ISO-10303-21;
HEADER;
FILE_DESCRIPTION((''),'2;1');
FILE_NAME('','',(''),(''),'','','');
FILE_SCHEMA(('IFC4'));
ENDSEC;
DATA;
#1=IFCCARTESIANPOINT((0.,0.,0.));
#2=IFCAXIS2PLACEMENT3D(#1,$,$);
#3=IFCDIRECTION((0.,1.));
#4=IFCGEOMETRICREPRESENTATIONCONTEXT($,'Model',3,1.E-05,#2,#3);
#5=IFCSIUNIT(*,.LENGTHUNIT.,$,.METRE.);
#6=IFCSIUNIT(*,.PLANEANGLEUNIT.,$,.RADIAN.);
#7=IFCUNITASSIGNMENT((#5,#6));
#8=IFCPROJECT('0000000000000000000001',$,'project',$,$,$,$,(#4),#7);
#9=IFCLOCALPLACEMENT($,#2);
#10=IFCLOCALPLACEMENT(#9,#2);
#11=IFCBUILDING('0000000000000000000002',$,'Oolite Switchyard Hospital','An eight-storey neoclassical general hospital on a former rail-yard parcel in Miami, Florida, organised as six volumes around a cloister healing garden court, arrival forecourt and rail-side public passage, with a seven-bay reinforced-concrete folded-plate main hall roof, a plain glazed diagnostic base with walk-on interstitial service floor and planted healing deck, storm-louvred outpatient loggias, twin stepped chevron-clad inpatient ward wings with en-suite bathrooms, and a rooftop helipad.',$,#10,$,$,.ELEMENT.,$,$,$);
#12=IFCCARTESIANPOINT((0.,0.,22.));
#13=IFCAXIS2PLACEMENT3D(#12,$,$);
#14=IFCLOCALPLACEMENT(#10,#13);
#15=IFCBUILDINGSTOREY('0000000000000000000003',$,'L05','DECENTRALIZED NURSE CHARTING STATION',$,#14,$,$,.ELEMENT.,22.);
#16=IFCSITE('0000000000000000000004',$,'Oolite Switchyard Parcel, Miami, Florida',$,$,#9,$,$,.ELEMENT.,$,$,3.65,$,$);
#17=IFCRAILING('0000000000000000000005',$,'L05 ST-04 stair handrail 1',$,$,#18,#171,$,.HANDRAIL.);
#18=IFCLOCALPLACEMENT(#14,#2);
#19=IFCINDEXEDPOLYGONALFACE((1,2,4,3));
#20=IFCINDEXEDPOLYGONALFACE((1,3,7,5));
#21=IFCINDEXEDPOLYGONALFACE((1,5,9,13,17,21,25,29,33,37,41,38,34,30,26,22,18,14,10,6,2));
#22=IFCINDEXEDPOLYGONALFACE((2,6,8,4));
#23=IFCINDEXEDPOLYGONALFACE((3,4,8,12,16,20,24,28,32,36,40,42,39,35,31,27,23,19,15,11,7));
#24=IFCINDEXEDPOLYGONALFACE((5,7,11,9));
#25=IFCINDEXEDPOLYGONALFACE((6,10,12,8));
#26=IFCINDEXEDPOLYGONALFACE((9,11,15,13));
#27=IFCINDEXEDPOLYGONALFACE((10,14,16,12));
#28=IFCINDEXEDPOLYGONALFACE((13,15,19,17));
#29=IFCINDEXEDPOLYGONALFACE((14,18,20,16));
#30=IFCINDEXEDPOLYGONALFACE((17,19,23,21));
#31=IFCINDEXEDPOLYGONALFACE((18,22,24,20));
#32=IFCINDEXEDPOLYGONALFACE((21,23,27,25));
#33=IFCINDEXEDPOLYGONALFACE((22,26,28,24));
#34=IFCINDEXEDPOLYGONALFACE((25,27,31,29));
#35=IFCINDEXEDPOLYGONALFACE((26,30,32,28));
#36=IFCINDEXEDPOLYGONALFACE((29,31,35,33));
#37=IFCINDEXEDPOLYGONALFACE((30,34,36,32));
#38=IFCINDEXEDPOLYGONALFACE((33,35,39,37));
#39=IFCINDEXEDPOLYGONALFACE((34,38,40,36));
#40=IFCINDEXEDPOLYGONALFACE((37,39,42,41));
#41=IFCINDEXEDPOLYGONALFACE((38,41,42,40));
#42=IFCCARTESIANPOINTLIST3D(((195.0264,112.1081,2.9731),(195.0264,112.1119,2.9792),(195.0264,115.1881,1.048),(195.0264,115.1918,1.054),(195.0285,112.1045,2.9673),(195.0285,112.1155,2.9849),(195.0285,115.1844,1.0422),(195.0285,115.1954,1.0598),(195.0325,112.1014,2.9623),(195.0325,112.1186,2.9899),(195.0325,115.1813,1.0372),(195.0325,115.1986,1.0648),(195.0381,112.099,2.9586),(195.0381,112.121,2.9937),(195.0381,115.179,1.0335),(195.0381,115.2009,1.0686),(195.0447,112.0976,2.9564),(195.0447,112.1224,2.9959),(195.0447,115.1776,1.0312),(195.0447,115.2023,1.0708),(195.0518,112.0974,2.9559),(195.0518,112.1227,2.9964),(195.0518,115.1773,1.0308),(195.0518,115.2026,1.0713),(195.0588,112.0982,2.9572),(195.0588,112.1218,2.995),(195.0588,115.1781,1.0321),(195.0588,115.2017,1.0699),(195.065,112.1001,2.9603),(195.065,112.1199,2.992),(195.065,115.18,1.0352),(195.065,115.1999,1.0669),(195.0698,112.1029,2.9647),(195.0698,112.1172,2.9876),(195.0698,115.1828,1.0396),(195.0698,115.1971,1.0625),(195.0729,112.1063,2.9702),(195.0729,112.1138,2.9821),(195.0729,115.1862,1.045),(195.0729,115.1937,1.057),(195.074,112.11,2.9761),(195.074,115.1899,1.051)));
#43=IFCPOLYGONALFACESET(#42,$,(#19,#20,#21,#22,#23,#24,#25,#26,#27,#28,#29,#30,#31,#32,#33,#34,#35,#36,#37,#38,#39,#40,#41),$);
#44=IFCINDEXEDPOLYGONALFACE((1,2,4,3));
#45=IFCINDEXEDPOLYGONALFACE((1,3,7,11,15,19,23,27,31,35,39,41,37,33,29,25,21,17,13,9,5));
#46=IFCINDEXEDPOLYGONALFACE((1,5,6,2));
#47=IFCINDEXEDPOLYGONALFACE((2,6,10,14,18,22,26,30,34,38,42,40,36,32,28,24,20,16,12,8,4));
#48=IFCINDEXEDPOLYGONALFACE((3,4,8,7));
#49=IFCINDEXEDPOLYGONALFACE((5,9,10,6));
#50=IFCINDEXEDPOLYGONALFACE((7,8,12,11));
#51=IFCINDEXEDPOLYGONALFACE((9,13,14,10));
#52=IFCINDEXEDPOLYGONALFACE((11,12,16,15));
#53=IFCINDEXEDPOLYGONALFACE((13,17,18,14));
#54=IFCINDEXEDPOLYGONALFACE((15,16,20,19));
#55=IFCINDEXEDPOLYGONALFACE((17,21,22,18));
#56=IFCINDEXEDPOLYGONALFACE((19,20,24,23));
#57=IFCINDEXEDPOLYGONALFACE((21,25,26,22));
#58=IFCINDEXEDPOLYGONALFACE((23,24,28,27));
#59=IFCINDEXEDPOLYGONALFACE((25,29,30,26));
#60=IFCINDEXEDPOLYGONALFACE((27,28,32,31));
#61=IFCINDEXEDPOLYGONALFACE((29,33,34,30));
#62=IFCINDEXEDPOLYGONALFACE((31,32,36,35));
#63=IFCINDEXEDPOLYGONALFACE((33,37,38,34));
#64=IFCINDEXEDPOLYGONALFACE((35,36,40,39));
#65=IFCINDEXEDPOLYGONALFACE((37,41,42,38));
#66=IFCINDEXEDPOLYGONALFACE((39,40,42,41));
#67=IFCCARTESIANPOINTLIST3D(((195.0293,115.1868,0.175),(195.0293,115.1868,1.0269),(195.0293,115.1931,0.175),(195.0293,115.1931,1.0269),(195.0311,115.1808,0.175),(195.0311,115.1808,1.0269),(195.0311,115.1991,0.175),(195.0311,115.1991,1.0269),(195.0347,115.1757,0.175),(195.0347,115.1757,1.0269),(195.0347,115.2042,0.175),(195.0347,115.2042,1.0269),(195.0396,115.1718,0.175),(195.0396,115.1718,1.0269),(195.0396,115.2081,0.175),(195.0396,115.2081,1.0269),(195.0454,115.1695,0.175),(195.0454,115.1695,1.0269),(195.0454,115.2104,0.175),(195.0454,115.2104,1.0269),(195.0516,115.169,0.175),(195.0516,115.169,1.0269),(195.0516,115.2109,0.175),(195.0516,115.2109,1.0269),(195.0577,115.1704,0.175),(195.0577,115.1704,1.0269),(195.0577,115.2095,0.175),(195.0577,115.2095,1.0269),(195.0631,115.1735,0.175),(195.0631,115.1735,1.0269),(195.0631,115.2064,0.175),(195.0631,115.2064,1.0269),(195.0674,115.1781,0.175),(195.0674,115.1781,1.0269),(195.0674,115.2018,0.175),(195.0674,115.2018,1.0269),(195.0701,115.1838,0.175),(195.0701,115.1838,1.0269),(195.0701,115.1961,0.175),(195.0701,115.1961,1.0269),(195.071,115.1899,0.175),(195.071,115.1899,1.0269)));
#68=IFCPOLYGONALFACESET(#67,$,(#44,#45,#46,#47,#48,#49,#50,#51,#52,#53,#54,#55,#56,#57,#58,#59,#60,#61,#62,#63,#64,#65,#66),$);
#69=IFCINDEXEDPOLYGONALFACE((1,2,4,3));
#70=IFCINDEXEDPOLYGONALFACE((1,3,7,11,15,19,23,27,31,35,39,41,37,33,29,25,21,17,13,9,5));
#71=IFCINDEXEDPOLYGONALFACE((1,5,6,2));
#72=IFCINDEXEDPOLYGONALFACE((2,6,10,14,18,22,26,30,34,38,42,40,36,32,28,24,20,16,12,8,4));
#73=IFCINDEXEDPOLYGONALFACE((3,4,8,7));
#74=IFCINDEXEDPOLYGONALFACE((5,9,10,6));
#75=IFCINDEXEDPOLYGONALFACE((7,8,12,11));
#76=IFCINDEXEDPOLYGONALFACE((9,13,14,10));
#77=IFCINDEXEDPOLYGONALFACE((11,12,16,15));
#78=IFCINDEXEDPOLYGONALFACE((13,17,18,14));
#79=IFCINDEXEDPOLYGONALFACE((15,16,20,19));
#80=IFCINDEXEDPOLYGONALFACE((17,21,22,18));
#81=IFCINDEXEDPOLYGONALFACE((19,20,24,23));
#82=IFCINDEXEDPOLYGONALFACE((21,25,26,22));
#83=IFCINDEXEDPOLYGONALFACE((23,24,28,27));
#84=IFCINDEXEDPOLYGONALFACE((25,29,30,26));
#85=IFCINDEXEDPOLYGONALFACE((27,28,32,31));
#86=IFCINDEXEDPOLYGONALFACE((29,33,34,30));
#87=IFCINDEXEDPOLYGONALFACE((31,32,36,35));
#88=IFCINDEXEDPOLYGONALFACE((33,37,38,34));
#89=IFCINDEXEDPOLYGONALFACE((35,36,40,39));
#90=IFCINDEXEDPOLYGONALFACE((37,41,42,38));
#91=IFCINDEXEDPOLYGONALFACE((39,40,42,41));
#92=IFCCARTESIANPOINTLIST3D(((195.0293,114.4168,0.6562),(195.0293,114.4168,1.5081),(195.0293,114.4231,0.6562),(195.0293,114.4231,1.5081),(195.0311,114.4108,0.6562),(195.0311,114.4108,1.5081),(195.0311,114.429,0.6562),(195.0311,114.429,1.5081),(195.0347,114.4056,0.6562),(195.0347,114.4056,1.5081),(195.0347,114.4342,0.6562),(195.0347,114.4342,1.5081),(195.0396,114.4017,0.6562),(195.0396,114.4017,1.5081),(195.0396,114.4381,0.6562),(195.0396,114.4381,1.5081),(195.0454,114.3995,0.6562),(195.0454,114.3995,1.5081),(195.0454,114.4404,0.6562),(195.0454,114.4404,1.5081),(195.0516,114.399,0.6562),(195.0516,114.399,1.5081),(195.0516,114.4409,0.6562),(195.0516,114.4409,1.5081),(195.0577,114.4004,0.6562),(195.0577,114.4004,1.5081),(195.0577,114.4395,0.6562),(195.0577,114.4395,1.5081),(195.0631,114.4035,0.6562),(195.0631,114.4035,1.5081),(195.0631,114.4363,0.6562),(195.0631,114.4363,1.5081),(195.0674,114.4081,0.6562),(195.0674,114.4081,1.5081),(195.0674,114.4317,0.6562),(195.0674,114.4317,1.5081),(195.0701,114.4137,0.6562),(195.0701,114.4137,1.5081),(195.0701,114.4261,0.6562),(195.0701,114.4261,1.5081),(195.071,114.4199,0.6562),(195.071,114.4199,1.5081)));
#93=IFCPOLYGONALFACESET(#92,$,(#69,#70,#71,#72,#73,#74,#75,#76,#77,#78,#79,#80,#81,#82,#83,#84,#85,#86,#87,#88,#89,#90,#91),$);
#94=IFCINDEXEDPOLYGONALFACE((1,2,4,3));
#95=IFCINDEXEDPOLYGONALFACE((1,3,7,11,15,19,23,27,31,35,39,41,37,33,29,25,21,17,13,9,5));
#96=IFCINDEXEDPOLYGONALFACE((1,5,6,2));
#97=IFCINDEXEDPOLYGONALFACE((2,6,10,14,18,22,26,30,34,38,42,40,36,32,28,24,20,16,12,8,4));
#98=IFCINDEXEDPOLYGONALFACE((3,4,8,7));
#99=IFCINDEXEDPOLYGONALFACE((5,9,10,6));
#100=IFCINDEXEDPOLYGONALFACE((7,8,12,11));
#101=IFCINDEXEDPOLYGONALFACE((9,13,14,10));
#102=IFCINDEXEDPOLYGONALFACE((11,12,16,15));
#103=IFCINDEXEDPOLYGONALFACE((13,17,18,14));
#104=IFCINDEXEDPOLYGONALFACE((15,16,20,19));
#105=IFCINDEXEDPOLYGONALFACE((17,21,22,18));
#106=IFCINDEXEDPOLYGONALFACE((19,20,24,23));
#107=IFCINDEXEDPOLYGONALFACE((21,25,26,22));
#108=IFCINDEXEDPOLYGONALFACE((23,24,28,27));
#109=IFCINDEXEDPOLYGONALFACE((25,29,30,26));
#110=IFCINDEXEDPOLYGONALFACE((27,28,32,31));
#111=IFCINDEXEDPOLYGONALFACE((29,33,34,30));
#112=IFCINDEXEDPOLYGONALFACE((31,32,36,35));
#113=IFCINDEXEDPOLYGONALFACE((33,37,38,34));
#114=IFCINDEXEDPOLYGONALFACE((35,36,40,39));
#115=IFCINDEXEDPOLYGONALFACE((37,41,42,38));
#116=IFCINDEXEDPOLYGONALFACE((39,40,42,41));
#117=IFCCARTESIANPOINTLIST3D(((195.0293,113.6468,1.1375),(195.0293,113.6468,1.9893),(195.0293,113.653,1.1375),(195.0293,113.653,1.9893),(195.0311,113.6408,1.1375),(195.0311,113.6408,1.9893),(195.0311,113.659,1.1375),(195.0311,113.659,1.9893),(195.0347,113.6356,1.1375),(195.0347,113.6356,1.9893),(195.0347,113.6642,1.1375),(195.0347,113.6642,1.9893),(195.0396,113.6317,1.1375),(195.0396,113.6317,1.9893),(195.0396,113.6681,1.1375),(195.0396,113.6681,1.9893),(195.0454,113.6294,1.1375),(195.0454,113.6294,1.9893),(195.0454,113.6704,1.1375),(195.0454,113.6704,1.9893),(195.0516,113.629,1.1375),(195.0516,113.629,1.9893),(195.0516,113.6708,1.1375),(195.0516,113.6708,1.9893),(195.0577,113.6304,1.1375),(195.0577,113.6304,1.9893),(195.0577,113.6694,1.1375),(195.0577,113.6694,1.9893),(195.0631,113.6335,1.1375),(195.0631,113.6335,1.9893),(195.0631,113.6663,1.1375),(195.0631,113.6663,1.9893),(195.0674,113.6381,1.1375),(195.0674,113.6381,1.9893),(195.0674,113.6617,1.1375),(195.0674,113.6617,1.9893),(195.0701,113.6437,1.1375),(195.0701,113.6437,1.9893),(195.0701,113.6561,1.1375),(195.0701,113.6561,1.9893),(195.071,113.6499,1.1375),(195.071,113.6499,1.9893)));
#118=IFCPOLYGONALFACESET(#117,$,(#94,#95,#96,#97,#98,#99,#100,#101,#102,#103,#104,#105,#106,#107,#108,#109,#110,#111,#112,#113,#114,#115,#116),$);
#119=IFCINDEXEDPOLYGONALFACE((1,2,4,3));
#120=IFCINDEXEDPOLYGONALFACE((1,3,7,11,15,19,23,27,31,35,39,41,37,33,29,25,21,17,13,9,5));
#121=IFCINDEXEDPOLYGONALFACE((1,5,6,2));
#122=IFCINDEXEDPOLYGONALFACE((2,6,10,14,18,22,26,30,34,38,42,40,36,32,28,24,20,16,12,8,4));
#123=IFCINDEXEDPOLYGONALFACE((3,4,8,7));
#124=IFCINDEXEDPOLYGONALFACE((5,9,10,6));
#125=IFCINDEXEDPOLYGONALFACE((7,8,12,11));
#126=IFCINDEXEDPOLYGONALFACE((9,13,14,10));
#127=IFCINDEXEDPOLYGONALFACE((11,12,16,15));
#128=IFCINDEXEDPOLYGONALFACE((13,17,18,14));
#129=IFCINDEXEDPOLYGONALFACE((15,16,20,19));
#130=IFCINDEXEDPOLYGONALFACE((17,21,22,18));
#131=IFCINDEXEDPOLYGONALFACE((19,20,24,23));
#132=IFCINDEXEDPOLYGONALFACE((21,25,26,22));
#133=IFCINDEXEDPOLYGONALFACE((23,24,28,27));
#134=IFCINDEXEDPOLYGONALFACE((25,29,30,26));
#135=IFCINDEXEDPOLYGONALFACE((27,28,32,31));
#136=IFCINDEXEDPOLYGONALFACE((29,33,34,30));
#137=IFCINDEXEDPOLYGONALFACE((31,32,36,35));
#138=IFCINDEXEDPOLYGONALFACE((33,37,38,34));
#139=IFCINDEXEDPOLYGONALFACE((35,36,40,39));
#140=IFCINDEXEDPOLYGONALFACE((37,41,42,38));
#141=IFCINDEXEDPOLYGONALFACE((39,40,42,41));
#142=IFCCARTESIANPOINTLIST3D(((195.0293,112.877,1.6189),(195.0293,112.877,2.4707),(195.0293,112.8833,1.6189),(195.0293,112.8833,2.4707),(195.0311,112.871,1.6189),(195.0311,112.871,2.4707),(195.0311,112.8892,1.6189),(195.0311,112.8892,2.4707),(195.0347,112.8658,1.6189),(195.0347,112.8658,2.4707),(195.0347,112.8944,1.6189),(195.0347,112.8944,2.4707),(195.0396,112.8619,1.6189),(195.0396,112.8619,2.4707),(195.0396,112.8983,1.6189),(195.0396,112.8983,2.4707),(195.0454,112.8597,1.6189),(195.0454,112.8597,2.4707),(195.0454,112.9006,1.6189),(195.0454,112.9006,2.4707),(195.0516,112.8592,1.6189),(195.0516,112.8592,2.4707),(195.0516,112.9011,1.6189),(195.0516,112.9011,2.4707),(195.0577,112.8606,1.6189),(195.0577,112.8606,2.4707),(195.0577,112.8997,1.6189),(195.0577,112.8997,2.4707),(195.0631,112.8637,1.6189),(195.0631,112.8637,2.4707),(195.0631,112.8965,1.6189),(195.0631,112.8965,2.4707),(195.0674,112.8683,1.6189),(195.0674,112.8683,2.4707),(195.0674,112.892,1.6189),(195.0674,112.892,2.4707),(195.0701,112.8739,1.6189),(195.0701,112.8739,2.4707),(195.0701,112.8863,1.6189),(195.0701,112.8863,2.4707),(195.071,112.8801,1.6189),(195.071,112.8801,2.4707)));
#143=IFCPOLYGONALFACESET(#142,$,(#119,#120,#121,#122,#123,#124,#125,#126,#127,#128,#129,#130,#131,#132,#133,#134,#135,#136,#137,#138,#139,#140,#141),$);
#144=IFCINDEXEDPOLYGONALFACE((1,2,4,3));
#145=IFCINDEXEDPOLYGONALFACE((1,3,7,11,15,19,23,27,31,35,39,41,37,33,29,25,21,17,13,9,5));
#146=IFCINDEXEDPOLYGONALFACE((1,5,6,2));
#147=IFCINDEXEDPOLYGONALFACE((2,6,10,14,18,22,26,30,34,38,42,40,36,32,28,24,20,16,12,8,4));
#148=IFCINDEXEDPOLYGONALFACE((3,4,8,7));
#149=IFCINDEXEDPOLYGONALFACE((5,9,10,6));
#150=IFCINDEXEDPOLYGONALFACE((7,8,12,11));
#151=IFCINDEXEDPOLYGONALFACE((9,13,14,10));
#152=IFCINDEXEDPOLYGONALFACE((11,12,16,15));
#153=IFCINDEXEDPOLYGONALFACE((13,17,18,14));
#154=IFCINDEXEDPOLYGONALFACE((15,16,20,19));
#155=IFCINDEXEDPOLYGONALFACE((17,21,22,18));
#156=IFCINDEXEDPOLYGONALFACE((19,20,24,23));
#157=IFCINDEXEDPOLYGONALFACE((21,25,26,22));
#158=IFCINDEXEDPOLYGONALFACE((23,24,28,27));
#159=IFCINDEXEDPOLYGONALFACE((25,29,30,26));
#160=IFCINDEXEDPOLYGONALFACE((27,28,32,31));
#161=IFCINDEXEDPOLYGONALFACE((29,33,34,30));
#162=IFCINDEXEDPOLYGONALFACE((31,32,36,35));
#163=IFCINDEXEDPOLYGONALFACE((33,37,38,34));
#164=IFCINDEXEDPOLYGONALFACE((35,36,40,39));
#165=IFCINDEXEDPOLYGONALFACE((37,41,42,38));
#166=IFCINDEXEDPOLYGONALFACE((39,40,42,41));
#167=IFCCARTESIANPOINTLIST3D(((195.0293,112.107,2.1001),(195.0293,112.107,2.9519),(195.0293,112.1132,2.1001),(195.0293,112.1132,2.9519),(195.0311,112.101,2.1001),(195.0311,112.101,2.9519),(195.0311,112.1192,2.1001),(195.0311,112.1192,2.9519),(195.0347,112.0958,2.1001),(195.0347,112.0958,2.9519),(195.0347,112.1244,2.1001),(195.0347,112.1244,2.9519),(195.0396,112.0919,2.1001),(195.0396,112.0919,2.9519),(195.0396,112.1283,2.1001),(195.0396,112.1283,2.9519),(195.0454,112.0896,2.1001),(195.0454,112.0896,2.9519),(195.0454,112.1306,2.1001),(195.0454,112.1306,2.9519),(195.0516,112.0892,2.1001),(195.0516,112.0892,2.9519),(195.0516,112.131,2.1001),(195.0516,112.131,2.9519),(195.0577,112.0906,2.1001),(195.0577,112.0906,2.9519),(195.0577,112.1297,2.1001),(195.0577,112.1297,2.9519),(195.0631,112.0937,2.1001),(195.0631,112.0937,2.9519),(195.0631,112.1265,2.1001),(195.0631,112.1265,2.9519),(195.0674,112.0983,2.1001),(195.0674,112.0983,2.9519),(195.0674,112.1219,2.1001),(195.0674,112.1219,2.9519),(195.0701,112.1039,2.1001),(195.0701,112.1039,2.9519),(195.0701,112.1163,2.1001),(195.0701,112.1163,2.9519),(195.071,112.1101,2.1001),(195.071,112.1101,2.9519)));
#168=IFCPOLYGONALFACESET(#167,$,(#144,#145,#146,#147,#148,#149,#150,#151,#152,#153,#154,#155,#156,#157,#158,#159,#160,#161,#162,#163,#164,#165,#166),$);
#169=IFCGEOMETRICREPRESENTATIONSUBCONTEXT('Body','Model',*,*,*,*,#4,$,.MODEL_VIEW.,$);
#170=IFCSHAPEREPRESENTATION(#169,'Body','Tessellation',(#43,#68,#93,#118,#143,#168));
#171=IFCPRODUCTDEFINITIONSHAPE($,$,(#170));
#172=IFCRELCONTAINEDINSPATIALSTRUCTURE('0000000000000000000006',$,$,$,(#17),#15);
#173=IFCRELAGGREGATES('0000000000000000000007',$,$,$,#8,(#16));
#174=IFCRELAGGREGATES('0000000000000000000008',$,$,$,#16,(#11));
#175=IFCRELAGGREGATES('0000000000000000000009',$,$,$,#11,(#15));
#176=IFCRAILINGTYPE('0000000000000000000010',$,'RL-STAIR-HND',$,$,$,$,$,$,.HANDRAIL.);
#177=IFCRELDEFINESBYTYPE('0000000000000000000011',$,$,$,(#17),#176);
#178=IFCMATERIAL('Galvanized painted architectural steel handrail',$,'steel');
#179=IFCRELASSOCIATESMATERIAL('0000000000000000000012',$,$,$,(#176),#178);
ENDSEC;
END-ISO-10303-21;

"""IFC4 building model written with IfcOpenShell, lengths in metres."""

from ifc_helpers import new_model, si_unit, direction, frame, origin, origin_2d, place, context, subcontext, project, spatial, circle, extrude, material, type_object, element, save


model = new_model("IFC4")

# Units and contexts
model_context = context("Model", 3, precision=1e-05, world=origin(), true_north=direction((0.0, 1.0)))
body_context = subcontext(model_context, "Body", "Model", "MODEL_VIEW")
ifc_project = project(units=[si_unit("LENGTHUNIT", "METRE"), si_unit("PLANEANGLEUNIT", "RADIAN")], contexts=[model_context])

# Site, building, storey
site_placement = place(None, origin())
site = spatial("IfcSite", under=ifc_project, at=site_placement, Name="Oolite Switchyard Parcel, Miami, Florida", CompositionType="ELEMENT", RefElevation=3.65)
building_placement = place(site_placement, origin())
building = spatial("IfcBuilding", under=site, at=building_placement, Name="Oolite Switchyard Hospital", Description="An eight-storey neoclassical general hospital on a former rail-yard parcel in Miami, Florida, organised as six volumes around a cloister healing garden court, arrival forecourt and rail-side public passage, with a seven-bay reinforced-concrete folded-plate main hall roof, a plain glazed diagnostic base with walk-on interstitial service floor and planted healing deck, storm-louvred outpatient loggias, twin stepped chevron-clad inpatient ward wings with en-suite bathrooms, and a rooftop helipad.", CompositionType="ELEMENT")
storey_placement = place(building_placement, frame((0.0, 0.0, 22.0)))
storey = spatial("IfcBuildingStorey", under=building, at=storey_placement, Name="L05", Description="DECENTRALIZED NURSE CHARTING STATION", CompositionType="ELEMENT", Elevation=22.0)

# Railing
ifc_material_1 = material(Name="Galvanized painted architectural steel handrail", Category="steel")
railing_type_1 = type_object("IfcRailingType", Name="RL-STAIR-HND", PredefinedType="HANDRAIL", material=ifc_material_1)
railing_1_placement = place(storey_placement, frame((195.05, 115.1899, 0.175)))
element("IfcRailing", 1, at=railing_1_placement, inside=storey, type_object=railing_type_1, Name="L05 ST-04 stair handrail 1", PredefinedType="HANDRAIL", context=body_context, shape_type="SweptSolid", body=[
    extrude(circle(Radius=0.0239, at=origin_2d()), frame((0.0, 0.0, 0.876), z_axis=(0.0, -0.847979, 0.530029), x_axis=(1.0, 0.0, 0.0)), (0.0, 0.0, 1.0), 3.6321),
    extrude(circle(Radius=0.021, at=origin_2d()), origin(), (0.0, 0.0, 1.0), 0.8518),
    extrude(circle(Radius=0.021, at=origin_2d()), frame((0.0, -0.77, 0.4812)), (0.0, 0.0, 1.0), 0.8518),
    extrude(circle(Radius=0.021, at=origin_2d()), frame((0.0, -1.54, 0.9624)), (0.0, 0.0, 1.0), 0.8518),
    extrude(circle(Radius=0.021, at=origin_2d()), frame((0.0, -2.3098, 1.4438)), (0.0, 0.0, 1.0), 0.8518),
    extrude(circle(Radius=0.021, at=origin_2d()), frame((0.0, -3.0798, 1.925)), (0.0, 0.0, 1.0), 0.8518),
])

save(model, "model.ifc")
